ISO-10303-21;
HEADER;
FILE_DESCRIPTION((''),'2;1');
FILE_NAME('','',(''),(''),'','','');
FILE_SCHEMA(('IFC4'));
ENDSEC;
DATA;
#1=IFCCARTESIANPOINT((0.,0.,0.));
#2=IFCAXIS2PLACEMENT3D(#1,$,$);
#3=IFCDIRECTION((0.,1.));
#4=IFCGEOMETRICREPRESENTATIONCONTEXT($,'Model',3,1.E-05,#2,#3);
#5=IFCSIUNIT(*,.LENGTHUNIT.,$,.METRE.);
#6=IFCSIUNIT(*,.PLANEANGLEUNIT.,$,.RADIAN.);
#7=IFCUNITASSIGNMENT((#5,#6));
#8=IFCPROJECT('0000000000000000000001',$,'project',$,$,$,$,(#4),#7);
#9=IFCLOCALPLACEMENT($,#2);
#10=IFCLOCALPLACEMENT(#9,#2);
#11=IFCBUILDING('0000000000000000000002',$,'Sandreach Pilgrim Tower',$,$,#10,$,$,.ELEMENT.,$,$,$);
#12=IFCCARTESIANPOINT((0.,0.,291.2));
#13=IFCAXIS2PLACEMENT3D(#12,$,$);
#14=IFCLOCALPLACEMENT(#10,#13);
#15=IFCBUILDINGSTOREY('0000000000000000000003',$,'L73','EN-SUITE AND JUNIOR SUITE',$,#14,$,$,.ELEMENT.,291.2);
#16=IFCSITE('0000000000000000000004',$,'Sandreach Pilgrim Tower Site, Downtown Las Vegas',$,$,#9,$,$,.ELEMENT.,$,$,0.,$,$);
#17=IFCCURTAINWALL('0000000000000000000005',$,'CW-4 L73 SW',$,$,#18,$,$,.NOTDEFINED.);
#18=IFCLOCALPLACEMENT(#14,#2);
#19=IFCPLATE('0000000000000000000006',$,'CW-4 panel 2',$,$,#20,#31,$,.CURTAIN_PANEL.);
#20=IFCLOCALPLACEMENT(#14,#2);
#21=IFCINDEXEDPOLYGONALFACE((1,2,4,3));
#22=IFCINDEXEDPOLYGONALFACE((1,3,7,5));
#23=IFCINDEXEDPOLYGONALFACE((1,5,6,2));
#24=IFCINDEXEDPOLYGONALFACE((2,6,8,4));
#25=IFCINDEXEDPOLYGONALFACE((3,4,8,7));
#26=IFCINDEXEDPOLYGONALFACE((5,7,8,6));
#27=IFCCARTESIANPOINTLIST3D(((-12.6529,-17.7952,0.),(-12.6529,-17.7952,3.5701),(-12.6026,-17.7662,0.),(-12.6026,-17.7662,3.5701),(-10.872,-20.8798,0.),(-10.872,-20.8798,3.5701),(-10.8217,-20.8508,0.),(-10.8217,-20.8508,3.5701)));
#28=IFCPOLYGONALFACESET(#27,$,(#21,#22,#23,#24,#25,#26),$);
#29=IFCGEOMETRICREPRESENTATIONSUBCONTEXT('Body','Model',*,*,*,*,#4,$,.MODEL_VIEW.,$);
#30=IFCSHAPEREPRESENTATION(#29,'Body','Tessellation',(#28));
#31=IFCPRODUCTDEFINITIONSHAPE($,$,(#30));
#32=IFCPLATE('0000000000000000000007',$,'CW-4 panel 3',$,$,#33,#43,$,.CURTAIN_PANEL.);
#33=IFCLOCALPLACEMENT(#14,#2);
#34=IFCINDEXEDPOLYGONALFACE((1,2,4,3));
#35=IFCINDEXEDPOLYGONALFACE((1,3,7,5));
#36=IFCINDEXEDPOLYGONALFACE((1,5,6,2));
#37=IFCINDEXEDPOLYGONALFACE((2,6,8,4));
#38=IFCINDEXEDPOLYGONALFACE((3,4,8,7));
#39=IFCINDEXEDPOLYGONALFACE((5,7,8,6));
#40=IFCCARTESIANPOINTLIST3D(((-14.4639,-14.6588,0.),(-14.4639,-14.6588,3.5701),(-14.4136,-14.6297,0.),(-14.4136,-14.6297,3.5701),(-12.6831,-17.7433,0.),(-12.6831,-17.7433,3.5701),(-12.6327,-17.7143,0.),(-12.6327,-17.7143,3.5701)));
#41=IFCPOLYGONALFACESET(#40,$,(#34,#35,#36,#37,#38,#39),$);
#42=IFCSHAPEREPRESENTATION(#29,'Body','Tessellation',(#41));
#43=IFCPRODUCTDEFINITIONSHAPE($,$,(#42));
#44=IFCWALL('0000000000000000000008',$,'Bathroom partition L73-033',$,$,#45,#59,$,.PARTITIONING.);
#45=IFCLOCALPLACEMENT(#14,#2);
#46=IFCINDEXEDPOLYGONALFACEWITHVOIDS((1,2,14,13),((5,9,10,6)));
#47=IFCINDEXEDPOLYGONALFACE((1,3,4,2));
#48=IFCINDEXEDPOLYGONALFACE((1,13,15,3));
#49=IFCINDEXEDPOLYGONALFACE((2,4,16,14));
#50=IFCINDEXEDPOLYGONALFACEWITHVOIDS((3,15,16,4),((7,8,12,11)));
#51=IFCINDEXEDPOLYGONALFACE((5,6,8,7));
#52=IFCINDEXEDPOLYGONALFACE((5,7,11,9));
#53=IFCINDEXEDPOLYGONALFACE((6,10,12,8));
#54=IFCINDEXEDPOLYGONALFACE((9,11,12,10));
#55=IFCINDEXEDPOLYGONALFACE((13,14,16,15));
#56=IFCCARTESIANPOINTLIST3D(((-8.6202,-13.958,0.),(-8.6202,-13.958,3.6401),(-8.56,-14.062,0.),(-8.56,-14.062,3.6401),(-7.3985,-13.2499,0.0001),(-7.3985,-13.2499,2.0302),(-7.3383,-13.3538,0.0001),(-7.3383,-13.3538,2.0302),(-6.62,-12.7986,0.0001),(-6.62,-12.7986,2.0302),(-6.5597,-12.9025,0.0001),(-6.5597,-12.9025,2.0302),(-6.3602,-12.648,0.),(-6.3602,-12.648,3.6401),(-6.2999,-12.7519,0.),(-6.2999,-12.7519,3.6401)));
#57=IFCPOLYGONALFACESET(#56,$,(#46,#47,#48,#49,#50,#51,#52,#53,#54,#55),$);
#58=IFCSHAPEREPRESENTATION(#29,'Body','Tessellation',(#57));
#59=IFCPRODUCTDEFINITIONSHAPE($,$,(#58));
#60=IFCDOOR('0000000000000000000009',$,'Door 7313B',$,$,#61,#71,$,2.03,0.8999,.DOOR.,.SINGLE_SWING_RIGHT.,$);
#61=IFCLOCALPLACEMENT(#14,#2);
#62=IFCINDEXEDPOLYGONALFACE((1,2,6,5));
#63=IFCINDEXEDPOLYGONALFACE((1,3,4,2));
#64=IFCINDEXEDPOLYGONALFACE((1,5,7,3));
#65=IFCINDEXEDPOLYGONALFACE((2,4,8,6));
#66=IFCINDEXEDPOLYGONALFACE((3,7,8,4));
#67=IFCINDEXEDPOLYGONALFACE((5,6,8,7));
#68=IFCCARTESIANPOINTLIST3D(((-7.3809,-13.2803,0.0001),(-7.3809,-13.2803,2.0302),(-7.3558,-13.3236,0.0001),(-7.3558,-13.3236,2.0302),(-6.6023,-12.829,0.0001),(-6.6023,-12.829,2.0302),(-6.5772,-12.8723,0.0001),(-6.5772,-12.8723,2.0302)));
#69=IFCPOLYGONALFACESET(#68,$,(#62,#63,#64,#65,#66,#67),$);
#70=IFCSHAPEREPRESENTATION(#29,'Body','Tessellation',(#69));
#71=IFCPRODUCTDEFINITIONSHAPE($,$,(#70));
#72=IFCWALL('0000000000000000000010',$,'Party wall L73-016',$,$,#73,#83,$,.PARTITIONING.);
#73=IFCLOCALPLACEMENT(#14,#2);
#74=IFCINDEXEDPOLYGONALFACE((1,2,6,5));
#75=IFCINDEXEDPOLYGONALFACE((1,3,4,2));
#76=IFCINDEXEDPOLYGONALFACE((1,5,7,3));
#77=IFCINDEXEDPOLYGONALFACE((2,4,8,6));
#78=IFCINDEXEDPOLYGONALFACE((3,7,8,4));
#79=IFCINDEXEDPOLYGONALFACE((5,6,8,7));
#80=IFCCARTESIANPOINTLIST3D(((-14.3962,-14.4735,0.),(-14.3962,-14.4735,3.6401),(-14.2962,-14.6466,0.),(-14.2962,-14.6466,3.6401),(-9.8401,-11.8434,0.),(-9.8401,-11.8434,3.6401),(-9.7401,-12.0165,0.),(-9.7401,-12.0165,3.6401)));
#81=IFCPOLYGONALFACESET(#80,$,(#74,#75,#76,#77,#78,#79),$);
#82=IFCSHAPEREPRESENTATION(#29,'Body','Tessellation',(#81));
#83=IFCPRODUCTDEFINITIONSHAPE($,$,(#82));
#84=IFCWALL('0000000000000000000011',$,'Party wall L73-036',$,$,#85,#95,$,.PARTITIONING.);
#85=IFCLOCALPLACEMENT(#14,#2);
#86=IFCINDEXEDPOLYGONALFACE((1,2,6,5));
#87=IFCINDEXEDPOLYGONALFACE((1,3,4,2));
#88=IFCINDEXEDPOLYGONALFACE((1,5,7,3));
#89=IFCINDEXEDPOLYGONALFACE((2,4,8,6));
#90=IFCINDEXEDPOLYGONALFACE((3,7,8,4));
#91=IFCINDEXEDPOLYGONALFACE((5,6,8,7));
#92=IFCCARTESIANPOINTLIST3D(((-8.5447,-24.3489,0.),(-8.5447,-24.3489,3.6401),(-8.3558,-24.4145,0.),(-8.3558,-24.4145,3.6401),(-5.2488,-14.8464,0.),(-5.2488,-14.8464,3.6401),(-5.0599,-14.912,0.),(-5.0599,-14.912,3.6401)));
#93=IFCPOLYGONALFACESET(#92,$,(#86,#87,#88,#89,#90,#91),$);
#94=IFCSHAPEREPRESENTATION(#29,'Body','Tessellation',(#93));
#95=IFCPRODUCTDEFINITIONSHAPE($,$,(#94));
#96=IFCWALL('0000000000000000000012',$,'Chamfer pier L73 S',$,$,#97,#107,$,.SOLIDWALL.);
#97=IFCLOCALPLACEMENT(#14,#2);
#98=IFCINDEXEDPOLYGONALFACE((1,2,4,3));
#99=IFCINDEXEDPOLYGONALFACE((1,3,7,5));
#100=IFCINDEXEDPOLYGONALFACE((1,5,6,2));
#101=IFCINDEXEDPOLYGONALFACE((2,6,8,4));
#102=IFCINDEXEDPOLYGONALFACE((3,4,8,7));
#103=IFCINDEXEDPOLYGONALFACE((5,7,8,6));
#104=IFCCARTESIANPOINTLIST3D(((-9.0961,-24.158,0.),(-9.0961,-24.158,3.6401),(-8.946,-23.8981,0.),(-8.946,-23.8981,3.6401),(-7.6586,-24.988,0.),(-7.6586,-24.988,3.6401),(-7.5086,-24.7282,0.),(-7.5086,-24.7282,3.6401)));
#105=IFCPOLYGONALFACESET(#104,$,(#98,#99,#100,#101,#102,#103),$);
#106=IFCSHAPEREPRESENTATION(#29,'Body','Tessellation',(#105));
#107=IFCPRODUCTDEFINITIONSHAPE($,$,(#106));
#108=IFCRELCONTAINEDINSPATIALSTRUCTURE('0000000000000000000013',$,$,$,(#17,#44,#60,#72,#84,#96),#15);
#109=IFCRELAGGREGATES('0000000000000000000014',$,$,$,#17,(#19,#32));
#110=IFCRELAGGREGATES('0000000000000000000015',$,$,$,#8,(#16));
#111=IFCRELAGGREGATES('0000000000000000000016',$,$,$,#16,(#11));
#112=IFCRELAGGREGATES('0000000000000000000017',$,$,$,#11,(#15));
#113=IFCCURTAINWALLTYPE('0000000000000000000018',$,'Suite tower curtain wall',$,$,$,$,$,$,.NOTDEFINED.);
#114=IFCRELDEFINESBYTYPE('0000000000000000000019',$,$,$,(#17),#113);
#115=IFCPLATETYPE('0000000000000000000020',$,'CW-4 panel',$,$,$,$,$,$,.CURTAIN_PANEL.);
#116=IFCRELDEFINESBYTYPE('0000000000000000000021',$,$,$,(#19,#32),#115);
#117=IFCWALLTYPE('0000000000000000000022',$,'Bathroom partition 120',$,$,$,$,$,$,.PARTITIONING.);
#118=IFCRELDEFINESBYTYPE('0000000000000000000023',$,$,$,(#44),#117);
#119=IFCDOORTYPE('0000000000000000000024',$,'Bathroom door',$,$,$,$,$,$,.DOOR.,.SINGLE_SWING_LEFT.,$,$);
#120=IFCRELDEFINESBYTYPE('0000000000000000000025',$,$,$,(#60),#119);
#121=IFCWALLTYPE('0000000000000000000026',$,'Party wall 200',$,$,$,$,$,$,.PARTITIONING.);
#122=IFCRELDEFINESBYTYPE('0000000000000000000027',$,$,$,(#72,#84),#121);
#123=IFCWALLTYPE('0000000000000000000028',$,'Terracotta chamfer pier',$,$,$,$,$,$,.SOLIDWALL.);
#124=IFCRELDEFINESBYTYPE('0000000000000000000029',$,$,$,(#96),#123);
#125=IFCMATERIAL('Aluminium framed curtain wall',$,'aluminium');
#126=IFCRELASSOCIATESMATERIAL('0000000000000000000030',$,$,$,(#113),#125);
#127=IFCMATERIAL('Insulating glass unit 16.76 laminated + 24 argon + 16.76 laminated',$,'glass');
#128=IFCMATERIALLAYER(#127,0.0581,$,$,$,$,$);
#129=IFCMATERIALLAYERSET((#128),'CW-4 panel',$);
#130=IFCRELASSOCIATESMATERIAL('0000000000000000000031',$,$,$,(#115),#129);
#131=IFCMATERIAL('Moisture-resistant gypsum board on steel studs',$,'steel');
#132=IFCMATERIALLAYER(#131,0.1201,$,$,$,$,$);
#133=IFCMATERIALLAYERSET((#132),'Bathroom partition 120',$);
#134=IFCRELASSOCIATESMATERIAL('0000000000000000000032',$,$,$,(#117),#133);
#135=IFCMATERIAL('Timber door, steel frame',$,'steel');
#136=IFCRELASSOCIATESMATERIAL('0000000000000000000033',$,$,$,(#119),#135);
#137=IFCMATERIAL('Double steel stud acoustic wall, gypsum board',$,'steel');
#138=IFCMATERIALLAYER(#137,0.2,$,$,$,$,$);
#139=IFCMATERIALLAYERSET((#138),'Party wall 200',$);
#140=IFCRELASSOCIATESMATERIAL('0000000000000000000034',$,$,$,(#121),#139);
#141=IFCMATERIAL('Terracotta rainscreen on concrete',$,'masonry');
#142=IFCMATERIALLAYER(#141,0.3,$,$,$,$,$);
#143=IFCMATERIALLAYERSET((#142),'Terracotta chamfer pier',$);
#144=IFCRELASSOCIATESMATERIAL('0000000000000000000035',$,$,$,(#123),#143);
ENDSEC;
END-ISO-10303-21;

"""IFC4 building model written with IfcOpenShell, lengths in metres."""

from ifc_helpers import new_model, si_unit, direction, frame, frame_2d, origin, origin_2d, place, context, subcontext, project, spatial, rectangle, extrude, material, layer, layer_set, type_object, element, fill, aggregate, save


model = new_model("IFC4")

# Units and contexts
model_context = context("Model", 3, precision=1e-05, world=origin(), true_north=direction((0.0, 1.0)))
body_context = subcontext(model_context, "Body", "Model", "MODEL_VIEW")
ifc_project = project(units=[si_unit("LENGTHUNIT", "METRE"), si_unit("PLANEANGLEUNIT", "RADIAN")], contexts=[model_context])

# Site, building, storey
site_placement = place(None, origin())
site = spatial("IfcSite", under=ifc_project, at=site_placement, Name="Sandreach Pilgrim Tower Site, Downtown Las Vegas", CompositionType="ELEMENT", RefElevation=0.0)
building_placement = place(site_placement, origin())
building = spatial("IfcBuilding", under=site, at=building_placement, Name="Sandreach Pilgrim Tower", CompositionType="ELEMENT")
storey_placement = place(building_placement, frame((0.0, 0.0, 291.2)))
storey = spatial("IfcBuildingStorey", under=building, at=storey_placement, Name="L73", Description="EN-SUITE AND JUNIOR SUITE", CompositionType="ELEMENT", Elevation=291.2)

# Shared definitions
ifc_material_1 = material(Name="Aluminium framed curtain wall", Category="aluminium")
curtain_wall_type = type_object("IfcCurtainWallType", Name="Suite tower curtain wall", PredefinedType="NOTDEFINED", material=ifc_material_1)

# Curtain wall
curtain_wall_1_placement = place(storey_placement, origin())
curtain_wall_1 = element("IfcCurtainWall", 1, at=curtain_wall_1_placement, inside=storey, type_object=curtain_wall_type, Name="CW-4 L73 SW", PredefinedType="NOTDEFINED")

# Plates
ifc_material_2 = material(Name="Insulating glass unit 16.76 laminated + 24 argon + 16.76 laminated", Category="glass")
ifc_layer_1 = layer(ifc_material_2, 0.0581)
ifc_layer_set_1 = layer_set([ifc_layer_1], Name="CW-4 panel")
plate_type = type_object("IfcPlateType", Name="CW-4 panel", PredefinedType="CURTAIN_PANEL", material=ifc_layer_set_1)
plate_1_placement = place(storey_placement, frame((-11.7373, -19.323, 0.0), z_axis=(0.0, 0.0, 1.0), x_axis=(-0.5, 0.866025, 0.0)))
plate_1 = element("IfcPlate", 2, at=plate_1_placement, type_object=plate_type, Name="CW-4 panel 2", PredefinedType="CURTAIN_PANEL", context=body_context, shape_type="SweptSolid", body=[
    extrude(rectangle(XDim=3.5618, YDim=0.0581, at=origin_2d()), origin(), (0.0, 0.0, 1.0), 3.5701),
])
plate_2_placement = place(storey_placement, frame((-13.5483, -16.1865, 0.0), z_axis=(0.0, 0.0, 1.0), x_axis=(-0.5, 0.866025, 0.0)))
plate_2 = element("IfcPlate", 3, at=plate_2_placement, type_object=plate_type, Name="CW-4 panel 3", PredefinedType="CURTAIN_PANEL", context=body_context, shape_type="SweptSolid", body=[
    extrude(rectangle(XDim=3.5618, YDim=0.0581, at=origin_2d()), origin(), (0.0, 0.0, 1.0), 3.5701),
])
aggregate(curtain_wall_1, [plate_1, plate_2])

# Wall, opening, door
ifc_material_3 = material(Name="Moisture-resistant gypsum board on steel studs", Category="steel")
ifc_layer_2 = layer(ifc_material_3, 0.1201)
ifc_layer_set_2 = layer_set([ifc_layer_2], Name="Bathroom partition 120")
wall_type_1 = type_object("IfcWallType", Name="Bathroom partition 120", PredefinedType="PARTITIONING", material=ifc_layer_set_2)
wall_1_placement = place(storey_placement, frame((-8.5901, -14.01, 0.0), z_axis=(0.0, 0.0, 1.0), x_axis=(0.865155, 0.501504, 0.0)))
wall_1 = element("IfcWall", 4, at=wall_1_placement, inside=storey, type_object=wall_type_1, Name="Bathroom partition L73-033", PredefinedType="PARTITIONING", context=body_context, shape_type="SweptSolid", body=[
    extrude(rectangle(XDim=2.6123, YDim=0.1201, at=frame_2d((1.3062, 0.0))), origin(), (0.0, 0.0, 1.0), 3.6401),
])
opening_placement = place(wall_1_placement, frame((1.4121, 0.0, 0.0)))
opening = element("IfcOpeningElement", 5, at=opening_placement, cuts=wall_1, PredefinedType="OPENING", context=body_context, shape_type="SweptSolid", body=[
    extrude(rectangle(XDim=0.8999, YDim=2.03, at=frame_2d((0.45, 1.0151))), frame((0.0, 0.0601, 0.0), z_axis=(0.0, -1.0, 0.0), x_axis=(1.0, 0.0, 0.0)), (0.0, 0.0, 1.0), 0.1201),
])
ifc_material_4 = material(Name="Timber door, steel frame", Category="steel")
door_type = type_object("IfcDoorType", Name="Bathroom door", OperationType="SINGLE_SWING_LEFT", PredefinedType="DOOR", material=ifc_material_4)
door_placement = place(opening_placement, origin())
door = element("IfcDoor", 6, at=door_placement, inside=storey, type_object=door_type, Name="Door 7313B", OperationType="SINGLE_SWING_RIGHT", OverallHeight=2.03, OverallWidth=0.8999, PredefinedType="DOOR", context=body_context, shape_type="SweptSolid", body=[
    extrude(rectangle(XDim=0.8999, YDim=2.03, at=frame_2d((0.45, 1.0151))), frame((0.0, 0.0249, 0.0), z_axis=(0.0, -1.0, 0.0), x_axis=(1.0, 0.0, 0.0)), (0.0, 0.0, 1.0), 0.05),
])
fill(opening, door)

# Walls
ifc_material_5 = material(Name="Double steel stud acoustic wall, gypsum board", Category="steel")
ifc_layer_3 = layer(ifc_material_5, 0.2)
ifc_layer_set_3 = layer_set([ifc_layer_3], Name="Party wall 200")
wall_type_2 = type_object("IfcWallType", Name="Party wall 200", PredefinedType="PARTITIONING", material=ifc_layer_set_3)
wall_2_placement = place(storey_placement, frame((-14.3462, -14.5601, 0.0), z_axis=(0.0, 0.0, 1.0), x_axis=(0.866056, 0.499947, 0.0)))
element("IfcWall", 7, at=wall_2_placement, inside=storey, type_object=wall_type_2, Name="Party wall L73-016", PredefinedType="PARTITIONING", context=body_context, shape_type="SweptSolid", body=[
    extrude(rectangle(XDim=5.2607, YDim=0.2, at=frame_2d((2.6304, 0.0))), origin(), (0.0, 0.0, 1.0), 3.6401),
])
wall_3_placement = place(storey_placement, frame((-8.4502, -24.3816, 0.0), z_axis=(0.0, 0.0, 1.0), x_axis=(0.327696, 0.944783, 0.0)))
element("IfcWall", 8, at=wall_3_placement, inside=storey, type_object=wall_type_2, Name="Party wall L73-036", PredefinedType="PARTITIONING", context=body_context, shape_type="SweptSolid", body=[
    extrude(rectangle(XDim=10.0579, YDim=0.2, at=frame_2d((5.0288, 0.0))), origin(), (0.0, 0.0, 1.0), 3.6401),
])
ifc_material_6 = material(Name="Terracotta rainscreen on concrete", Category="masonry")
ifc_layer_4 = layer(ifc_material_6, 0.3)
ifc_layer_set_4 = layer_set([ifc_layer_4], Name="Terracotta chamfer pier")
wall_type_3 = type_object("IfcWallType", Name="Terracotta chamfer pier", PredefinedType="SOLIDWALL", material=ifc_layer_set_4)
wall_4_placement = place(storey_placement, frame((-7.5835, -24.8582, 0.0), z_axis=(0.0, 0.0, 1.0), x_axis=(-0.86599, 0.500062, 0.0)))
element("IfcWall", 9, at=wall_4_placement, inside=storey, type_object=wall_type_3, Name="Chamfer pier L73 S", PredefinedType="SOLIDWALL", context=body_context, shape_type="SweptSolid", body=[
    extrude(rectangle(XDim=1.6599, YDim=0.3, at=frame_2d((0.8301, 0.0))), origin(), (0.0, 0.0, 1.0), 3.6401),
])

save(model, "model.ifc")
